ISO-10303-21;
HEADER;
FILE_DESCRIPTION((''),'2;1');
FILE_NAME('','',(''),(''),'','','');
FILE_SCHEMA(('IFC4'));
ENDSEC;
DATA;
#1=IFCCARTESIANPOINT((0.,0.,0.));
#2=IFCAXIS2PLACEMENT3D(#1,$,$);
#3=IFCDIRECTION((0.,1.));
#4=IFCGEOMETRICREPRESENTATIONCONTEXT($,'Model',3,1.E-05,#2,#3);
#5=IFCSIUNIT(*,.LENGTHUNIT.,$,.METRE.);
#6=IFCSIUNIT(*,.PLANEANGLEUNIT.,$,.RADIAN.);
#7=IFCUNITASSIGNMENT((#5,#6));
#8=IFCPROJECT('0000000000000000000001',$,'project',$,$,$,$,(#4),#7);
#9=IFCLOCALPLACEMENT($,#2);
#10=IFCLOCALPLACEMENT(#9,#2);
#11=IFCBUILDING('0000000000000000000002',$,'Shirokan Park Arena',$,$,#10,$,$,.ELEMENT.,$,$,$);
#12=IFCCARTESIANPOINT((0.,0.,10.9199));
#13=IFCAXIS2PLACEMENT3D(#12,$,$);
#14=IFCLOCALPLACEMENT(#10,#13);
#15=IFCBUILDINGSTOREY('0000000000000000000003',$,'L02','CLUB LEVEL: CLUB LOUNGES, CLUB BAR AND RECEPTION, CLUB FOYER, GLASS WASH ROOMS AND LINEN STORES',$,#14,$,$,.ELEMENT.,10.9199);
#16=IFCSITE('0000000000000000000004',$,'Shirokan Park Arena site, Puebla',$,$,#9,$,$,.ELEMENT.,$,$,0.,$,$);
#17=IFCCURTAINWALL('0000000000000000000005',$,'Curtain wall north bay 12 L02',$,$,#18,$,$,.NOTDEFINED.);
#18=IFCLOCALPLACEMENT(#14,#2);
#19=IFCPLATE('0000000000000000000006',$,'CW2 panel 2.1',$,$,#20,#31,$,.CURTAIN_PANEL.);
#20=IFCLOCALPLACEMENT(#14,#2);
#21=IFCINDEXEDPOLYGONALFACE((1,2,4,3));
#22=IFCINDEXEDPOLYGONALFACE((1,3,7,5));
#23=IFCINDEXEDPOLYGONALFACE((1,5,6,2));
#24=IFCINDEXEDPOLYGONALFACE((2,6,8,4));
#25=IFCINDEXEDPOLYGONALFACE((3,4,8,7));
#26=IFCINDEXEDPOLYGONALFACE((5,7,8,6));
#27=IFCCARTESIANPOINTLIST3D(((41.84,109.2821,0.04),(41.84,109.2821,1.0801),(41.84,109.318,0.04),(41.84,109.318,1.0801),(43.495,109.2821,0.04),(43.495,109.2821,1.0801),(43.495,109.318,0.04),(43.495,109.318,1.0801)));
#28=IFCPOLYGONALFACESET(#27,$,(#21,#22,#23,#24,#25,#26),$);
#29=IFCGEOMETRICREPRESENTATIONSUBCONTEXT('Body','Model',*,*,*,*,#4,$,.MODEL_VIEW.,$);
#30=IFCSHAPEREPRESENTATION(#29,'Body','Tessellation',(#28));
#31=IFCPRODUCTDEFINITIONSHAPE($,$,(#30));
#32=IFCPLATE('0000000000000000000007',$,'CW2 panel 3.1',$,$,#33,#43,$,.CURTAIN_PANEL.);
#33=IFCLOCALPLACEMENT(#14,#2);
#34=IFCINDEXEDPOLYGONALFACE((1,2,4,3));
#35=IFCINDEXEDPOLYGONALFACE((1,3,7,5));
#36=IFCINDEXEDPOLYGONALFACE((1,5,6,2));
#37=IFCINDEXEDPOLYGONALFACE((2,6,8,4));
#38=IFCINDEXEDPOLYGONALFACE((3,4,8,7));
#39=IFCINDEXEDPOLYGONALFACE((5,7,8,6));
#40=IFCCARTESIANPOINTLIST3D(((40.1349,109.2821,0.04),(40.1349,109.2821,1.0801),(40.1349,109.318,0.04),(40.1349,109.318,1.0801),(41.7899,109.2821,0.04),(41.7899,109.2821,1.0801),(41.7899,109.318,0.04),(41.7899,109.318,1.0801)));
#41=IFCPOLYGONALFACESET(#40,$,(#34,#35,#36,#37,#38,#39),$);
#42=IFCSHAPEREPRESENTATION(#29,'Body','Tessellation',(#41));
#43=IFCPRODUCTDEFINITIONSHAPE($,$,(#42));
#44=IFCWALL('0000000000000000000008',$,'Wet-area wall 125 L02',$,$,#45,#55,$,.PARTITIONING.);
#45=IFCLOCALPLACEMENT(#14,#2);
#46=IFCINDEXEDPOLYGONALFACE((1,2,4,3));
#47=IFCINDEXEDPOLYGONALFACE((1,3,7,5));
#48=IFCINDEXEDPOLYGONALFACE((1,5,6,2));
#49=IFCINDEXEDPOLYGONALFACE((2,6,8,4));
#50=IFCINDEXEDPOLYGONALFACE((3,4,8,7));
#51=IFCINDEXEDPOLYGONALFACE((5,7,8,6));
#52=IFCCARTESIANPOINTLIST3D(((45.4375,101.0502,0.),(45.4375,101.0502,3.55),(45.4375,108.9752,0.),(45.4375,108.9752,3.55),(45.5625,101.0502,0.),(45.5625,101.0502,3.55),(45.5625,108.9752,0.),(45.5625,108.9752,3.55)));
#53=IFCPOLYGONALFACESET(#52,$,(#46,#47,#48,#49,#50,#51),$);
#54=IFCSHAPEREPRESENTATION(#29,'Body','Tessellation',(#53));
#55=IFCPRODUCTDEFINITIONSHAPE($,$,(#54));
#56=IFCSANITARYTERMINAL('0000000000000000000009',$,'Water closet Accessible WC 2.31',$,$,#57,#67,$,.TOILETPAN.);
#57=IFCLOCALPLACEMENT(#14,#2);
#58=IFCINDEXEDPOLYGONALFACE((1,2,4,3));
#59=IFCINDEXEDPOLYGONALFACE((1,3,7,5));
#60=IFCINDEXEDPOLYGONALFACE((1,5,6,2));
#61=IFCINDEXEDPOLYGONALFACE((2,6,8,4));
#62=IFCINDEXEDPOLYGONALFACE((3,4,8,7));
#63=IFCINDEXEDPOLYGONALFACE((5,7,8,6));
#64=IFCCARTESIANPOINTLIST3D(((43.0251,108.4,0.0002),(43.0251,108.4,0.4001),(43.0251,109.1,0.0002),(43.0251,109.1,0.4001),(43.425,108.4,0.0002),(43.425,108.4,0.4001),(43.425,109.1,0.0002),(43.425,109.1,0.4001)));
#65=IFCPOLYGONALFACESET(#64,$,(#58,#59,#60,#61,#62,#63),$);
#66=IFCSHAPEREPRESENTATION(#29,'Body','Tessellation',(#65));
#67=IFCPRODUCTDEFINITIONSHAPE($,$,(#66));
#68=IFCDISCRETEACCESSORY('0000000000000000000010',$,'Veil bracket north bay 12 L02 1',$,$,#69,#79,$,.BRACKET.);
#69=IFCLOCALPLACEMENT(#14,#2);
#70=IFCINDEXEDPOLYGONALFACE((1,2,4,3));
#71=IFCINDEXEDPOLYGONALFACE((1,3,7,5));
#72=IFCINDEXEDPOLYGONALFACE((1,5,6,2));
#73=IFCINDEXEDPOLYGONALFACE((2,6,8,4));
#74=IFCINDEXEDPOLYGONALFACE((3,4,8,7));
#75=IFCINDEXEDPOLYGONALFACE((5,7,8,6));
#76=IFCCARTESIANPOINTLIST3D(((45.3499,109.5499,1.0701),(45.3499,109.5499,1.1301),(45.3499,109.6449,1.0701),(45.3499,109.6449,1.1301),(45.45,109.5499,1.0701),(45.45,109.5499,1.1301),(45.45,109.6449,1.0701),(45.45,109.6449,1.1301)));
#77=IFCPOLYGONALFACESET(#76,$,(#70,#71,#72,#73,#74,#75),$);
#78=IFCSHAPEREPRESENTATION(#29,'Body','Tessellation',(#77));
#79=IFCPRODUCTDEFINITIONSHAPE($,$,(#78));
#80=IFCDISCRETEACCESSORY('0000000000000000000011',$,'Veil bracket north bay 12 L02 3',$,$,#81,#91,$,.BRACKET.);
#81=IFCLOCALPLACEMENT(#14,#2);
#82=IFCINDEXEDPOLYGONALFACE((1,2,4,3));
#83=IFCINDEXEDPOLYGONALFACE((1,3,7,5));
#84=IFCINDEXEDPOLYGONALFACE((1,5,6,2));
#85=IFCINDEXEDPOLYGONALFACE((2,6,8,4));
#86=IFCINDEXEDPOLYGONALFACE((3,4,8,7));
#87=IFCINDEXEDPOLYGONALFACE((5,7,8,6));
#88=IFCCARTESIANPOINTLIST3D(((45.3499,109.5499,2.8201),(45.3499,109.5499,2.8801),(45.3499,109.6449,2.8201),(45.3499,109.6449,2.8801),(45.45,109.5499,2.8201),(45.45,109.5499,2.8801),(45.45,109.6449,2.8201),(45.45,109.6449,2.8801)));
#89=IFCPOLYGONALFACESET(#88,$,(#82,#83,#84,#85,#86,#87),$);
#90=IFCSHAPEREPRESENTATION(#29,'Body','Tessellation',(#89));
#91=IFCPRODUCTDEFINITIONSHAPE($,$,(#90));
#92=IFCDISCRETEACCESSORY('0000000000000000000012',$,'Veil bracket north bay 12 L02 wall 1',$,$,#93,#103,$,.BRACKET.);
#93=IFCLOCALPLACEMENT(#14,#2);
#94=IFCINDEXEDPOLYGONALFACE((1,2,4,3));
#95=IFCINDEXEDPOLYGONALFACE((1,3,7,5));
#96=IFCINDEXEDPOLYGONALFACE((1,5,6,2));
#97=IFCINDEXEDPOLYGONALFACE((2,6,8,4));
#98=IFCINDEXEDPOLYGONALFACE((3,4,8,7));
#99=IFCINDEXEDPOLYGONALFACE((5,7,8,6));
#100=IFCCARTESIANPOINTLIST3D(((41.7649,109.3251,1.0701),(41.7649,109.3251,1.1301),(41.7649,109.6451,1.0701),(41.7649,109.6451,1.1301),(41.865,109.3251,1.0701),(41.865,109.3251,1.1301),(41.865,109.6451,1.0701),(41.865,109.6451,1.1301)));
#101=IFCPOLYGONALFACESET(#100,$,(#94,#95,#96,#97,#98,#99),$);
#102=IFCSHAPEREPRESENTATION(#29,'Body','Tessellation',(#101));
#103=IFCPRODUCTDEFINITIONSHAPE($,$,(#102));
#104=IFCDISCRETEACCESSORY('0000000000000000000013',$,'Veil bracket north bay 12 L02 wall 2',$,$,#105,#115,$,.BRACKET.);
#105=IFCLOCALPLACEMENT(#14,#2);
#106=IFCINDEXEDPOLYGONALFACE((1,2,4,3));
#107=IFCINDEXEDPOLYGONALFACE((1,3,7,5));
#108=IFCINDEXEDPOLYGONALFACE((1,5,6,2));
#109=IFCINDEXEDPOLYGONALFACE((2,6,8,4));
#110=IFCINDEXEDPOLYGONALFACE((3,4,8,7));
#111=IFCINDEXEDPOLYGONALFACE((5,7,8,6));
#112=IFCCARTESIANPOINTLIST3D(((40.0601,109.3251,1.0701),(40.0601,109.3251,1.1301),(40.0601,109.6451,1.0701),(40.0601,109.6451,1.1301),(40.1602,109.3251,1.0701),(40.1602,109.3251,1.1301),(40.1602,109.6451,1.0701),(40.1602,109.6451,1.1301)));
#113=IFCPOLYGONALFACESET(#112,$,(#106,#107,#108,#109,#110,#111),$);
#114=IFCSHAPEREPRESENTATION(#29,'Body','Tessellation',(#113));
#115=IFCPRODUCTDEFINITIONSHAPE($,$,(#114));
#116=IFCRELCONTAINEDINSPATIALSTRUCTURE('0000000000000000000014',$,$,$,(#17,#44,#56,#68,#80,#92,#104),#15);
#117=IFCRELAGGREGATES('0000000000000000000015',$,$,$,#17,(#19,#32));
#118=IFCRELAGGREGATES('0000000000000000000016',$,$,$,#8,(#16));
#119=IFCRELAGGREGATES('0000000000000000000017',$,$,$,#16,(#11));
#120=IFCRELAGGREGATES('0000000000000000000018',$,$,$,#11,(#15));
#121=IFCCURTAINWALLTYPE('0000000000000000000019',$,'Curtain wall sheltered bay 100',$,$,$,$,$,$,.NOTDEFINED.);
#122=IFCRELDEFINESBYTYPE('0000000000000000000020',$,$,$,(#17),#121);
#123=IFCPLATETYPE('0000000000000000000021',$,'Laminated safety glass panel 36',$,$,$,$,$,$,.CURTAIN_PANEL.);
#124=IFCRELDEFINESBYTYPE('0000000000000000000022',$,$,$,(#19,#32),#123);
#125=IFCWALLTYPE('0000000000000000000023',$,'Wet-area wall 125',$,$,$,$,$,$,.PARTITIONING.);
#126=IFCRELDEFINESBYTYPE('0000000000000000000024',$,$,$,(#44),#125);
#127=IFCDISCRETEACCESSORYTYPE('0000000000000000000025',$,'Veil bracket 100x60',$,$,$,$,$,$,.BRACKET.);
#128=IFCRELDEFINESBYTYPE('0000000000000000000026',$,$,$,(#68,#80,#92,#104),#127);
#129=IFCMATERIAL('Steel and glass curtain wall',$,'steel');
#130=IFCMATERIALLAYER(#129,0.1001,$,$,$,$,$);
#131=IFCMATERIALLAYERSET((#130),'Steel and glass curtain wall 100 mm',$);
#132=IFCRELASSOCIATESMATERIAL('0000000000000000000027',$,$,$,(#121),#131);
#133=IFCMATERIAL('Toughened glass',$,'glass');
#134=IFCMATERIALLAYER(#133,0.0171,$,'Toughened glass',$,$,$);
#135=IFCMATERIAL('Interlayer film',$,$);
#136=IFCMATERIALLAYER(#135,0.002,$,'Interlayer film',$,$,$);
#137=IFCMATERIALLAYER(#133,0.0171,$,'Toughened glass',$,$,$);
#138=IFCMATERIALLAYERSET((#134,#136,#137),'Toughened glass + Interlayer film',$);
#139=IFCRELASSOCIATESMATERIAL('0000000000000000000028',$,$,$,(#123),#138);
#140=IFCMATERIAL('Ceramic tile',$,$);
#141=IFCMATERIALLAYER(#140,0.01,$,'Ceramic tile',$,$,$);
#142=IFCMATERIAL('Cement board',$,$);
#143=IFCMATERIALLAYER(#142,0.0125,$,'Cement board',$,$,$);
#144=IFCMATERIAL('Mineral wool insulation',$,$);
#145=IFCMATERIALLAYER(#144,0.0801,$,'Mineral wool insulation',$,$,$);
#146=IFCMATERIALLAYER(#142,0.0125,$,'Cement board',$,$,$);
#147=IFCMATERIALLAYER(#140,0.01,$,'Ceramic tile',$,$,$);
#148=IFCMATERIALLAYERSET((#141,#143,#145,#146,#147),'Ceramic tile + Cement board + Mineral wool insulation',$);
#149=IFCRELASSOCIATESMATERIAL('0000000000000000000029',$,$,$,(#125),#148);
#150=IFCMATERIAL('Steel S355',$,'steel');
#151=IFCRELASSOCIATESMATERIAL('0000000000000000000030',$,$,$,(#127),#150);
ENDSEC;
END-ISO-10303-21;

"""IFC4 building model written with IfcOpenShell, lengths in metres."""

from ifc_helpers import new_model, si_unit, direction, frame, frame_2d, origin, origin_2d, place, context, subcontext, project, spatial, rectangle, extrude, material, layer, layer_set, type_object, element, aggregate, save


model = new_model("IFC4")

# Units and contexts
model_context = context("Model", 3, precision=1e-05, world=origin(), true_north=direction((0.0, 1.0)))
body_context = subcontext(model_context, "Body", "Model", "MODEL_VIEW")
ifc_project = project(units=[si_unit("LENGTHUNIT", "METRE"), si_unit("PLANEANGLEUNIT", "RADIAN")], contexts=[model_context])

# Site, building, storey
site_placement = place(None, origin())
site = spatial("IfcSite", under=ifc_project, at=site_placement, Name="Shirokan Park Arena site, Puebla", CompositionType="ELEMENT", RefElevation=0.0)
building_placement = place(site_placement, origin())
building = spatial("IfcBuilding", under=site, at=building_placement, Name="Shirokan Park Arena", CompositionType="ELEMENT")
storey_placement = place(building_placement, frame((0.0, 0.0, 10.9199)))
storey = spatial("IfcBuildingStorey", under=building, at=storey_placement, Name="L02", Description="CLUB LEVEL: CLUB LOUNGES, CLUB BAR AND RECEPTION, CLUB FOYER, GLASS WASH ROOMS AND LINEN STORES", CompositionType="ELEMENT", Elevation=10.9199)

# Curtain wall, plates
ifc_material_1 = material(Name="Steel and glass curtain wall", Category="steel")
ifc_layer_1 = layer(ifc_material_1, 0.1001)
ifc_layer_set_1 = layer_set([ifc_layer_1], Name="Steel and glass curtain wall 100 mm")
curtain_wall_type = type_object("IfcCurtainWallType", Name="Curtain wall sheltered bay 100", PredefinedType="NOTDEFINED", material=ifc_layer_set_1)
curtain_wall_placement = place(storey_placement, origin())
curtain_wall = element("IfcCurtainWall", 1, at=curtain_wall_placement, inside=storey, type_object=curtain_wall_type, Name="Curtain wall north bay 12 L02", PredefinedType="NOTDEFINED")
ifc_material_2 = material(Name="Steel S355", Category="steel")
ifc_material_3 = material(Name="Mineral wool insulation")
ifc_material_4 = material(Name="Toughened glass", Category="glass")
ifc_material_5 = material(Name="Interlayer film")
ifc_layer_2 = layer(ifc_material_4, 0.0171, Name="Toughened glass")
ifc_layer_3 = layer(ifc_material_5, 0.002, Name="Interlayer film")
ifc_layer_4 = layer(ifc_material_4, 0.0171, Name="Toughened glass")
ifc_layer_set_2 = layer_set([ifc_layer_2, ifc_layer_3, ifc_layer_4], Name="Toughened glass + Interlayer film")
plate_type_1 = type_object("IfcPlateType", Name="Laminated safety glass panel 36", PredefinedType="CURTAIN_PANEL", material=ifc_layer_set_2)
plate_1_placement = place(storey_placement, frame((42.6675, 109.3, 0.04), z_axis=(0.0, 0.0, 1.0), x_axis=(-1.0, 0.0, 0.0)))
plate_1 = element("IfcPlate", 2, at=plate_1_placement, type_object=plate_type_1, Name="CW2 panel 2.1", PredefinedType="CURTAIN_PANEL", context=body_context, shape_type="SweptSolid", body=[
    extrude(rectangle(XDim=1.655, YDim=0.0359, at=origin_2d()), origin(), (0.0, 0.0, 1.0), 1.04),
])
plate_2_placement = place(storey_placement, frame((40.9624, 109.3, 0.04), z_axis=(0.0, 0.0, 1.0), x_axis=(-1.0, 0.0, 0.0)))
plate_2 = element("IfcPlate", 3, at=plate_2_placement, type_object=plate_type_1, Name="CW2 panel 3.1", PredefinedType="CURTAIN_PANEL", context=body_context, shape_type="SweptSolid", body=[
    extrude(rectangle(XDim=1.655, YDim=0.0359, at=origin_2d()), origin(), (0.0, 0.0, 1.0), 1.04),
])
aggregate(curtain_wall, [plate_1, plate_2])

# Wall
ifc_material_6 = material(Name="Ceramic tile")
ifc_layer_5 = layer(ifc_material_6, 0.01, Name="Ceramic tile")
ifc_material_7 = material(Name="Cement board")
ifc_layer_6 = layer(ifc_material_7, 0.0125, Name="Cement board")
ifc_layer_7 = layer(ifc_material_3, 0.0801, Name="Mineral wool insulation")
ifc_layer_8 = layer(ifc_material_7, 0.0125, Name="Cement board")
ifc_layer_9 = layer(ifc_material_6, 0.01, Name="Ceramic tile")
ifc_layer_set_3 = layer_set([ifc_layer_5, ifc_layer_6, ifc_layer_7, ifc_layer_8, ifc_layer_9], Name="Ceramic tile + Cement board + Mineral wool insulation")
wall_type = type_object("IfcWallType", Name="Wet-area wall 125", PredefinedType="PARTITIONING", material=ifc_layer_set_3)
wall_placement = place(storey_placement, frame((45.5, 108.9751, 0.0), z_axis=(0.0, 0.0, 1.0), x_axis=(0.0, -1.0, 0.0)))
element("IfcWall", 4, at=wall_placement, inside=storey, type_object=wall_type, Name="Wet-area wall 125 L02", PredefinedType="PARTITIONING", context=body_context, shape_type="SweptSolid", body=[
    extrude(rectangle(XDim=7.925, YDim=0.125, at=frame_2d((3.9624, 0.0))), origin(), (0.0, 0.0, 1.0), 3.55),
])

# Sanitary terminal
sanitary_terminal_placement = place(storey_placement, frame((43.2251, 108.75, 0.0002), z_axis=(0.0, 0.0, 1.0), x_axis=(1.0, 0.0, 0.0)))
element("IfcSanitaryTerminal", 5, at=sanitary_terminal_placement, inside=storey, Name="Water closet Accessible WC 2.31", PredefinedType="TOILETPAN", context=body_context, shape_type="SweptSolid", body=[
    extrude(rectangle(XDim=0.3999, YDim=0.7, at=origin_2d()), origin(), (0.0, 0.0, 1.0), 0.3999),
])

# Discrete accessories
discrete_accessory_type = type_object("IfcDiscreteAccessoryType", Name="Veil bracket 100x60", PredefinedType="BRACKET", material=ifc_material_2)
for number, where, z_axis, x_axis, name in (
    (6, (45.3999, 109.5974, 1.0701), (0.0, 0.0, 1.0), (-1.0, 0.0, 0.0), "Veil bracket north bay 12 L02 1"),
    (7, (45.3999, 109.5974, 2.8201), (0.0, 0.0, 1.0), (-1.0, 0.0, 0.0), "Veil bracket north bay 12 L02 3"),
):
    element("IfcDiscreteAccessory", number, at=place(storey_placement, frame(where, z_axis=z_axis, x_axis=x_axis)), inside=storey, type_object=discrete_accessory_type, Name=name, PredefinedType="BRACKET", context=body_context, shape_type="SweptSolid", body=[
        extrude(rectangle(XDim=0.1001, YDim=0.095, at=origin_2d()), origin(), (0.0, 0.0, 1.0), 0.0601),
    ])
for number, where, z_axis, x_axis, name in (
    (8, (41.8149, 109.4851, 1.0701), (0.0, 0.0, 1.0), (-1.0, 0.0, 0.0), "Veil bracket north bay 12 L02 wall 1"),
    (9, (40.1101, 109.4851, 1.0701), (0.0, 0.0, 1.0), (-1.0, 0.0, 0.0), "Veil bracket north bay 12 L02 wall 2"),
):
    element("IfcDiscreteAccessory", number, at=place(storey_placement, frame(where, z_axis=z_axis, x_axis=x_axis)), inside=storey, type_object=discrete_accessory_type, Name=name, PredefinedType="BRACKET", context=body_context, shape_type="SweptSolid", body=[
        extrude(rectangle(XDim=0.1001, YDim=0.3201, at=origin_2d()), origin(), (0.0, 0.0, 1.0), 0.0601),
    ])

save(model, "model.ifc")
